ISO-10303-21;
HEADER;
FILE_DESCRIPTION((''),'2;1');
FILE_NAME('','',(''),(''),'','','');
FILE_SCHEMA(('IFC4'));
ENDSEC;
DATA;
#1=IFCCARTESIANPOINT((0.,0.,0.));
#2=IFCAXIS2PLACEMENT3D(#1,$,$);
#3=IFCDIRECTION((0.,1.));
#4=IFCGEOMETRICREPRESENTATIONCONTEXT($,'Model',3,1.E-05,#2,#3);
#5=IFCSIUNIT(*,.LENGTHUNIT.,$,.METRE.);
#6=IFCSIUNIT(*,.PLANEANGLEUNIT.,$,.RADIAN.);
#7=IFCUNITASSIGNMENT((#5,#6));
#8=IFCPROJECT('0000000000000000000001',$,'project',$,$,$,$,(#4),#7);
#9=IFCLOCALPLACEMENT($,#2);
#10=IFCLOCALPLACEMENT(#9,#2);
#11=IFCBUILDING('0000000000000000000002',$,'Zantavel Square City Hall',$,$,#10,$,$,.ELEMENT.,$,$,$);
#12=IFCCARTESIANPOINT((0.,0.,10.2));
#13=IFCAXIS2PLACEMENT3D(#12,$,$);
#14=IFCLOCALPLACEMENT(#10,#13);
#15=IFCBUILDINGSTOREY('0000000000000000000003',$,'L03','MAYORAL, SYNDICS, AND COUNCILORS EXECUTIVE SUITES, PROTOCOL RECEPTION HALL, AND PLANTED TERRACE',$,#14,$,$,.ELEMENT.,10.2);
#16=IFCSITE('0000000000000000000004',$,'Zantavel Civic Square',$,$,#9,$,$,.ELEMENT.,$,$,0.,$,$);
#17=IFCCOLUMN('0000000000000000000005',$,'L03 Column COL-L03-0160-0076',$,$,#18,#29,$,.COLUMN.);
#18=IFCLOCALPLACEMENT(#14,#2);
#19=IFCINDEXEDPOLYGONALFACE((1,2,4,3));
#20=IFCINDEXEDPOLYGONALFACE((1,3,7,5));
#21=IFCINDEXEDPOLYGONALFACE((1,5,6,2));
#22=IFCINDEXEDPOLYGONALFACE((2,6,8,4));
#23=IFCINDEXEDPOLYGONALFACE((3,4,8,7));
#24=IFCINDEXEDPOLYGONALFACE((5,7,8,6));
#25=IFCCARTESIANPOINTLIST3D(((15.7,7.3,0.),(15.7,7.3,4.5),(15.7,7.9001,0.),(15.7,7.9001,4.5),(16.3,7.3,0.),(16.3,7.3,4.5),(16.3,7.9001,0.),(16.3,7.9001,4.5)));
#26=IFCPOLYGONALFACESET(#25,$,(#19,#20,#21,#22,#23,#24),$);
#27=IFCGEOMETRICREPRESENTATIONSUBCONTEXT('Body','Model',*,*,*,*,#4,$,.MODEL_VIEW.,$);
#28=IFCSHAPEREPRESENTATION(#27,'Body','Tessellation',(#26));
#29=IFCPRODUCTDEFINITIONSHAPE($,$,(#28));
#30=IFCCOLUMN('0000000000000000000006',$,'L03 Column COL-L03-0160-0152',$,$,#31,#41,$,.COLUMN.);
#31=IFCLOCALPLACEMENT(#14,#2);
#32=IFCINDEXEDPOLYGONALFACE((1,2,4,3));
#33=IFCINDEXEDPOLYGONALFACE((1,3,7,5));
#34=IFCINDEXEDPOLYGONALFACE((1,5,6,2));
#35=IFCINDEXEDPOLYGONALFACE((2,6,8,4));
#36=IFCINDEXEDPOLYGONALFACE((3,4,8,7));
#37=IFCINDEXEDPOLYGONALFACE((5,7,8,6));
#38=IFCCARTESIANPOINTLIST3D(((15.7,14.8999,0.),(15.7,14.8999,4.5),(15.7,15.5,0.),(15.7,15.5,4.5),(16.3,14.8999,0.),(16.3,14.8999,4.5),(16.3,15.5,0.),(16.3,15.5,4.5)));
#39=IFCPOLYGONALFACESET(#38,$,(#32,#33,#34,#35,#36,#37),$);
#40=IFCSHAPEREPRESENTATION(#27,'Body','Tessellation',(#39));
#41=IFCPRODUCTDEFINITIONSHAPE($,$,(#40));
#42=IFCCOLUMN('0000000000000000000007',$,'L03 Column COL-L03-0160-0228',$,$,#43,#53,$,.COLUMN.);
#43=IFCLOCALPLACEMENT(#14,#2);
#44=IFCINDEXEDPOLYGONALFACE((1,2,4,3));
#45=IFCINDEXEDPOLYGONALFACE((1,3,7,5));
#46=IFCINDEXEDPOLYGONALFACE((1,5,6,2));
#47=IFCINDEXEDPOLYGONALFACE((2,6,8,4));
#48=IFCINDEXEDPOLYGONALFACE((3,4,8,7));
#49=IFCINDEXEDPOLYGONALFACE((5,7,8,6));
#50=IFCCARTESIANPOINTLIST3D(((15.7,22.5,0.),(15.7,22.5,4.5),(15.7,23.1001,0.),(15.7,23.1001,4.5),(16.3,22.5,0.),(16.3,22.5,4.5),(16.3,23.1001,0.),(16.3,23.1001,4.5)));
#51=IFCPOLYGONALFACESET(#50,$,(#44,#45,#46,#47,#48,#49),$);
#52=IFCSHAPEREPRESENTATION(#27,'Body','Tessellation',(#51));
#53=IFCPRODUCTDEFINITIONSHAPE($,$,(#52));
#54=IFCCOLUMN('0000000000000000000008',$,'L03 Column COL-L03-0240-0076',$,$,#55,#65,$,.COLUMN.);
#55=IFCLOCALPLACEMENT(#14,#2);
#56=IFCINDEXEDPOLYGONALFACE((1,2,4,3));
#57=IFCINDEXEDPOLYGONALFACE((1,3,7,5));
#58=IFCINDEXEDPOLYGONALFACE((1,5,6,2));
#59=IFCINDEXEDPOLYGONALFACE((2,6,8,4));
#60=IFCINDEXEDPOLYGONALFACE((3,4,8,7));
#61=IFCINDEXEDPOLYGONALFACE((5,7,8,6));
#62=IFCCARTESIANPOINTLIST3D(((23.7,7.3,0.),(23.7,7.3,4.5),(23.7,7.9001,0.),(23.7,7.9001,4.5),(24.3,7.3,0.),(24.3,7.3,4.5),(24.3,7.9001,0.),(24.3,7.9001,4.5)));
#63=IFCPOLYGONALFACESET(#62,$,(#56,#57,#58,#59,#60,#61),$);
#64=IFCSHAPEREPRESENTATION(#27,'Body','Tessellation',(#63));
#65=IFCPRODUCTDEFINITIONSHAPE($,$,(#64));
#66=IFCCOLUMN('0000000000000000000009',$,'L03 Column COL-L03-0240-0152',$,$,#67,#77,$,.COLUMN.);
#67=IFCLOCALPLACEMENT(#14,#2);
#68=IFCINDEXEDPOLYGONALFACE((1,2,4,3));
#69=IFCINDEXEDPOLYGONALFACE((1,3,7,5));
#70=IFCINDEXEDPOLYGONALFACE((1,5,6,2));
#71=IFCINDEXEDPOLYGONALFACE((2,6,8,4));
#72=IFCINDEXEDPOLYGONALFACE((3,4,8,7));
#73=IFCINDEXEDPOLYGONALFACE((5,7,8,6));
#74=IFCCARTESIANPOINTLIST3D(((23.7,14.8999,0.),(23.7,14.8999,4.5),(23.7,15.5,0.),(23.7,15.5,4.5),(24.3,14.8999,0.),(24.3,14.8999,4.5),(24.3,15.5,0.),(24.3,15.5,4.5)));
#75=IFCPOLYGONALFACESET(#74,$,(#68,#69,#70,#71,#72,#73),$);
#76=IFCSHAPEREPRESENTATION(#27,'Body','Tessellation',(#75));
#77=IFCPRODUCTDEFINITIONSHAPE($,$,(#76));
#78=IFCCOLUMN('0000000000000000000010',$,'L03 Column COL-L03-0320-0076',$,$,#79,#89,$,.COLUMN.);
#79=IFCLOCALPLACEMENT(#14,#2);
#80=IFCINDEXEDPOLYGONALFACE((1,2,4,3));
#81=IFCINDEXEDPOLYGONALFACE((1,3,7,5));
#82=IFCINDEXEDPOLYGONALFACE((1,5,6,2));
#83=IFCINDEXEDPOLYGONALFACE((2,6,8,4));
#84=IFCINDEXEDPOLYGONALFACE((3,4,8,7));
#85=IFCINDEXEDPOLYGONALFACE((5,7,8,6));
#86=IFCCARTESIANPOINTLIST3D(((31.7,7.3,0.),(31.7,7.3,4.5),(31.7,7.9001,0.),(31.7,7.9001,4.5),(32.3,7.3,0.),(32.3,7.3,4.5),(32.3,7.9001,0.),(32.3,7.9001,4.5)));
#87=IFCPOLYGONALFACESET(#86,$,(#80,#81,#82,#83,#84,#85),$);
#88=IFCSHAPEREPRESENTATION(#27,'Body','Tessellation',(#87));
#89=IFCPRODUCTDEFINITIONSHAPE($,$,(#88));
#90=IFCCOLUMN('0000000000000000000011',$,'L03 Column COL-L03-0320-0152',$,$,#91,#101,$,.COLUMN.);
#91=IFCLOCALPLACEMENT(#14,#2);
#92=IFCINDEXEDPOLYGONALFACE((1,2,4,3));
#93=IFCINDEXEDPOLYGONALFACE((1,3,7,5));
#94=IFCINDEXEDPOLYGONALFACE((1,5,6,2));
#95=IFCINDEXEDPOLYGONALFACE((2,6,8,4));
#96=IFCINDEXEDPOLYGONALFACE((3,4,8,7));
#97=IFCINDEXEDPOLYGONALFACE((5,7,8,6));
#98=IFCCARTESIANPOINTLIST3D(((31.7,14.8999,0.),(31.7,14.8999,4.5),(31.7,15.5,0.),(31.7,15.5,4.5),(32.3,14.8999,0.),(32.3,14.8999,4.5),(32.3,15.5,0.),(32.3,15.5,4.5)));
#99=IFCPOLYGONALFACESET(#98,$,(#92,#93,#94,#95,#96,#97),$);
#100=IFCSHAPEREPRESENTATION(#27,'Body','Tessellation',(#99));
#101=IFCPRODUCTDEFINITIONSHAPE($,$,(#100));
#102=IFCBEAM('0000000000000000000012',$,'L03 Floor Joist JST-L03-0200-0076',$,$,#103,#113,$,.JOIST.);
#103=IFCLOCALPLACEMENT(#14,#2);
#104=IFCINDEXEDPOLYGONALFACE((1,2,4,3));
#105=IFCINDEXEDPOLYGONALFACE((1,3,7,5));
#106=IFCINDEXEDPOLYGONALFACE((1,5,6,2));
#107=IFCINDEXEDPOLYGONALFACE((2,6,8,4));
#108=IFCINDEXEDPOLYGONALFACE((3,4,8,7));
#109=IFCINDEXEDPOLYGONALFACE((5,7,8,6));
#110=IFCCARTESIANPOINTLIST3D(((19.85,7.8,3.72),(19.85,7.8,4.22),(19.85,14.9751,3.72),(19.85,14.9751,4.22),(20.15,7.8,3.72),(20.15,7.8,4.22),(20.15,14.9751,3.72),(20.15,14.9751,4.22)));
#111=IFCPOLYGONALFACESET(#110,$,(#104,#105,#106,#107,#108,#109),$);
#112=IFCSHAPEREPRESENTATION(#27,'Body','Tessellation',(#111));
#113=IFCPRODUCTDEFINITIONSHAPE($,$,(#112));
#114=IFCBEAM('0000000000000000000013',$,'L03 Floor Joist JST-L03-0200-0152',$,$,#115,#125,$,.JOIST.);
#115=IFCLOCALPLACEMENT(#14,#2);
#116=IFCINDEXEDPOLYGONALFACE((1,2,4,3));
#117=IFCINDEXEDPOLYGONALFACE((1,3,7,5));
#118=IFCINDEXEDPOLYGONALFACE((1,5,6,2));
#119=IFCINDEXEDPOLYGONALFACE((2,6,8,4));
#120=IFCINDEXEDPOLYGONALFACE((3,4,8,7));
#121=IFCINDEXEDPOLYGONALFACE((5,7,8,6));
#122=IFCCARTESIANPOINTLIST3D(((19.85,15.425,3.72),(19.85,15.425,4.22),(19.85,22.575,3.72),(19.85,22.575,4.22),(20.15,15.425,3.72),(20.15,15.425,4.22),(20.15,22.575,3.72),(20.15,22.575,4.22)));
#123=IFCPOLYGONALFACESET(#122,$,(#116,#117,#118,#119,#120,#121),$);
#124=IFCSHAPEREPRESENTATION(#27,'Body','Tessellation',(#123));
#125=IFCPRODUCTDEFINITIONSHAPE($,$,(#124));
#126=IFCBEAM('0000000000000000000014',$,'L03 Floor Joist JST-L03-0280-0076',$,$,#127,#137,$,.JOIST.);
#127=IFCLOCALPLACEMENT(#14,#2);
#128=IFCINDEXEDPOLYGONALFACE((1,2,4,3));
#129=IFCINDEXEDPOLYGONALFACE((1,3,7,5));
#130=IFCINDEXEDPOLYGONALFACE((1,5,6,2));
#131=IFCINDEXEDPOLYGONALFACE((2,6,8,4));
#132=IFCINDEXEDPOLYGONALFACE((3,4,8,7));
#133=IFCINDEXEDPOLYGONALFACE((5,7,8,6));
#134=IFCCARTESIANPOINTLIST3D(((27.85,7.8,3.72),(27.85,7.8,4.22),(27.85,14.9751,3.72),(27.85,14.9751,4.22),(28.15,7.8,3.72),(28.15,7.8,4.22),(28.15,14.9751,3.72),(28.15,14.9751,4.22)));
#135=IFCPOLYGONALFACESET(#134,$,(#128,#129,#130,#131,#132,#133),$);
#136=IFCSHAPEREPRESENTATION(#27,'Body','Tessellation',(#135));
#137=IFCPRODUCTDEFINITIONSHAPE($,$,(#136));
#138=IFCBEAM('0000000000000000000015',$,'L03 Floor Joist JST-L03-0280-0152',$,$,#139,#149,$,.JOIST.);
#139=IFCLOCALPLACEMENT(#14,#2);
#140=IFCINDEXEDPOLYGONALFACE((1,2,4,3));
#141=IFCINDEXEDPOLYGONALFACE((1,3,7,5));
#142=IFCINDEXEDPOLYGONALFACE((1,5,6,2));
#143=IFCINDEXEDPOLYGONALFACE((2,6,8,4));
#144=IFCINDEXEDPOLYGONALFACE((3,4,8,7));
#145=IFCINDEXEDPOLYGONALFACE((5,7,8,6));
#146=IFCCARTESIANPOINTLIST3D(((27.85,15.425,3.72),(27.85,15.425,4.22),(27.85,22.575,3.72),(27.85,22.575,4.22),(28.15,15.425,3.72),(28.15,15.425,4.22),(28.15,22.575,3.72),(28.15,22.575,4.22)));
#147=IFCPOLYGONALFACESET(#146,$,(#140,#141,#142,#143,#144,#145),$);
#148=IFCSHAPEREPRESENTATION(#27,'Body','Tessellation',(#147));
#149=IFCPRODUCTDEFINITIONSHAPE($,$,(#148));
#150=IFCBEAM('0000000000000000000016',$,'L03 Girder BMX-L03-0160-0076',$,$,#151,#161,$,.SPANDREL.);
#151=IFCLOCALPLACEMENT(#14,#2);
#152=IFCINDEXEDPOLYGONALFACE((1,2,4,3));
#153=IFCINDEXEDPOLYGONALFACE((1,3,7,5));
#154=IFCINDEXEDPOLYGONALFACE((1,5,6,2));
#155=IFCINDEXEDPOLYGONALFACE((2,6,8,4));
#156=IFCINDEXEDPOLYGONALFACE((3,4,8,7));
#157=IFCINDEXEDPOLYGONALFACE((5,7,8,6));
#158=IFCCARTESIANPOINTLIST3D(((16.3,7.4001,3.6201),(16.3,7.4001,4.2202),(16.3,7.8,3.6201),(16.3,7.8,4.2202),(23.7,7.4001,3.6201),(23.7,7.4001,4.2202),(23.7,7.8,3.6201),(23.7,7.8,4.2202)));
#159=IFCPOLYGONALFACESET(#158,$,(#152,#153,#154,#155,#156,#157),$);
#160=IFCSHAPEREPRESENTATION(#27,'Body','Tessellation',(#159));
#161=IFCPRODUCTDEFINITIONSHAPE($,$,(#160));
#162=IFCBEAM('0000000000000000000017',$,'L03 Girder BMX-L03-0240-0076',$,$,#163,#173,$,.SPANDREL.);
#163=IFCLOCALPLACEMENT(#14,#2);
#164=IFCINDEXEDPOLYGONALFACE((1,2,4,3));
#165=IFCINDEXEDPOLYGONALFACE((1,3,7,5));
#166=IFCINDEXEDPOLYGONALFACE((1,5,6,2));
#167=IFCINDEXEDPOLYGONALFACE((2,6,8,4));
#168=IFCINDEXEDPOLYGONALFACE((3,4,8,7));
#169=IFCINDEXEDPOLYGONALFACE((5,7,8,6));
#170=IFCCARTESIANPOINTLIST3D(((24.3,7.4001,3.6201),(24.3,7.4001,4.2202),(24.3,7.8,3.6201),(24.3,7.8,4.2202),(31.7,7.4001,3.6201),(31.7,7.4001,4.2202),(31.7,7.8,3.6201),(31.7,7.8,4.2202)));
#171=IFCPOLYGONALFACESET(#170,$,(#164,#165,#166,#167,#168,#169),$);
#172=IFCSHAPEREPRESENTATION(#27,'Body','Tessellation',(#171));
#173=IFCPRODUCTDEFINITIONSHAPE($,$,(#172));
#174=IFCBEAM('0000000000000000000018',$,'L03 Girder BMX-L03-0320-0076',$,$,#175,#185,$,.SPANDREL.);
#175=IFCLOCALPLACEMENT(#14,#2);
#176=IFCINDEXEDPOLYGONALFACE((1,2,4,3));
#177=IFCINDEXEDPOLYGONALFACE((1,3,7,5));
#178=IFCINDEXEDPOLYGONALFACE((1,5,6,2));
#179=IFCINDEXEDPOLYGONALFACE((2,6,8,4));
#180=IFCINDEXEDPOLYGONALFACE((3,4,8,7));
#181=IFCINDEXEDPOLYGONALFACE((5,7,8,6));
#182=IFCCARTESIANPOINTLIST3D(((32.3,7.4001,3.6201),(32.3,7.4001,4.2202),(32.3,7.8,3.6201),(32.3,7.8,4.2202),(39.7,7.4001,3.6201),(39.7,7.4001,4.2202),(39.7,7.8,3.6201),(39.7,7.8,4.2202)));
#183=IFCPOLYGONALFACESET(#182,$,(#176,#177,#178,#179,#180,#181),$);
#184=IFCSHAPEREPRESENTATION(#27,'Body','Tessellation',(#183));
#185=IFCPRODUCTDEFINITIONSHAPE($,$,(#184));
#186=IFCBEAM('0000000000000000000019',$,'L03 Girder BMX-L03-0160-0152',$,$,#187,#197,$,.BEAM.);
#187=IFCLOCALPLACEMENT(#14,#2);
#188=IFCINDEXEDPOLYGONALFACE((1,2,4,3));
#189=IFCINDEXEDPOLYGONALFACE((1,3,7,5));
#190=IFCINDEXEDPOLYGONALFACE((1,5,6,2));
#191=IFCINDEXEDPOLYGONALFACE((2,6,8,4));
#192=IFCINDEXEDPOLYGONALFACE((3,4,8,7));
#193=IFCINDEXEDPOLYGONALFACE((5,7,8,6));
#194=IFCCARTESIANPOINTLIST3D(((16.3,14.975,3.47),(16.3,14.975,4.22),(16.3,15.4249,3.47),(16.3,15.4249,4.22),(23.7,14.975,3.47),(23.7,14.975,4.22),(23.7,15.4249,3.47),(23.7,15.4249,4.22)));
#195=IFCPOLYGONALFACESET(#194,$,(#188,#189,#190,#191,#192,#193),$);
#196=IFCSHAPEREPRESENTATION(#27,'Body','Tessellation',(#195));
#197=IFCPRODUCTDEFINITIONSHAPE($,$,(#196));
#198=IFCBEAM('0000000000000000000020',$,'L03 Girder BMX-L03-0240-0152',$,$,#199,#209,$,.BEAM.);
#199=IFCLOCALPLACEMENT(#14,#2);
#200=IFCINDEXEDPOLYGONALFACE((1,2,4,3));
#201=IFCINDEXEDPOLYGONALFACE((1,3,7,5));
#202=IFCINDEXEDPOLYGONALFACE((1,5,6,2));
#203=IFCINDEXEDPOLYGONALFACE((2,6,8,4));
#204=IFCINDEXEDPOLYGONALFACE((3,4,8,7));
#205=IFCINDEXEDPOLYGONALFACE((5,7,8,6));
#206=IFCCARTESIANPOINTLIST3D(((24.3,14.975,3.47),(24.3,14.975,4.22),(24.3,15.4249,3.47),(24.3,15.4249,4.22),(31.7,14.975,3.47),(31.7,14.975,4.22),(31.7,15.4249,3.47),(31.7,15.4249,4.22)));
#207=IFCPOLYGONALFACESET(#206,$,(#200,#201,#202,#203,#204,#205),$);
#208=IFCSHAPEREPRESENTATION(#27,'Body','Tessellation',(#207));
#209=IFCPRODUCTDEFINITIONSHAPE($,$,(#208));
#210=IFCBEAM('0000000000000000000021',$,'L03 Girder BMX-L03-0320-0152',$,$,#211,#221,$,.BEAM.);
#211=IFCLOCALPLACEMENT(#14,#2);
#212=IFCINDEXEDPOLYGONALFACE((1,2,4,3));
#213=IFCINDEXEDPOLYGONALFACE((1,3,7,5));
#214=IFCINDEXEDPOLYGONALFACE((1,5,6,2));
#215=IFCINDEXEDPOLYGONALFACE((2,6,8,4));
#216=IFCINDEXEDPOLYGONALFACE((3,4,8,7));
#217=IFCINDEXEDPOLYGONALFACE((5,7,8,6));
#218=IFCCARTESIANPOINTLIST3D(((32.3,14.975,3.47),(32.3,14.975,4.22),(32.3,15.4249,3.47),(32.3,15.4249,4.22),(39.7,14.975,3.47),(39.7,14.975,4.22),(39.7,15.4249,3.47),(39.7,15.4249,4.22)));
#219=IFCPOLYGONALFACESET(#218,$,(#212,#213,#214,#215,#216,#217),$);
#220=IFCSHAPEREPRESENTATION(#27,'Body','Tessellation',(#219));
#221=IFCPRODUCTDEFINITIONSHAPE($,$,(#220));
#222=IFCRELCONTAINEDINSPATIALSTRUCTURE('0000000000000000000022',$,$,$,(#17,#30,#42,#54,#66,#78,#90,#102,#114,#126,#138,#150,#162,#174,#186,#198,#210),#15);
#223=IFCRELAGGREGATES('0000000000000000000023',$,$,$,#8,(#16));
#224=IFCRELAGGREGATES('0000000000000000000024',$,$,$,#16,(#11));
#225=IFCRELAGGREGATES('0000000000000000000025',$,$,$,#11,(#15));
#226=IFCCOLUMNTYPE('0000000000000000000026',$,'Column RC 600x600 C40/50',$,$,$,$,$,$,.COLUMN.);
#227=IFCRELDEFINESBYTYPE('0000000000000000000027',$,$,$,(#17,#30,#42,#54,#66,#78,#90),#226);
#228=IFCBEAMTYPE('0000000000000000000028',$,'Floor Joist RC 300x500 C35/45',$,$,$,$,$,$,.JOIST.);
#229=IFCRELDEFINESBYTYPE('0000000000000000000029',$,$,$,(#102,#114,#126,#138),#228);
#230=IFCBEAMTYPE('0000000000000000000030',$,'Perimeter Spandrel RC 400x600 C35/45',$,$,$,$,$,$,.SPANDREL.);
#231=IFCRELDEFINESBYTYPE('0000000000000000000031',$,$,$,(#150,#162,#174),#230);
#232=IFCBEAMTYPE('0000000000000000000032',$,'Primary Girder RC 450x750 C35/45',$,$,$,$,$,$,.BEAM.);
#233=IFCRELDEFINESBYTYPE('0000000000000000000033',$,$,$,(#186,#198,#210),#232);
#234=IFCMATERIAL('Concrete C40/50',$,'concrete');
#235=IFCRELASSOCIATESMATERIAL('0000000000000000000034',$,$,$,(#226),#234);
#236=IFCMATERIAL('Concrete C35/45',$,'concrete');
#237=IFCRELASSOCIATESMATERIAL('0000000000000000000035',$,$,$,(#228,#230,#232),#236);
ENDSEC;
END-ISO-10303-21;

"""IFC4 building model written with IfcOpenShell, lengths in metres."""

from ifc_helpers import new_model, si_unit, direction, frame, origin, origin_2d, place, context, subcontext, project, spatial, rectangle, extrude, material, material_profile, profile_set, type_object, element, save


model = new_model("IFC4")

# Units and contexts
model_context = context("Model", 3, precision=1e-05, world=origin(), true_north=direction((0.0, 1.0)))
body_context = subcontext(model_context, "Body", "Model", "MODEL_VIEW")
ifc_project = project(units=[si_unit("LENGTHUNIT", "METRE"), si_unit("PLANEANGLEUNIT", "RADIAN")], contexts=[model_context])

# Site, building, storey
site_placement = place(None, origin())
site = spatial("IfcSite", under=ifc_project, at=site_placement, Name="Zantavel Civic Square", CompositionType="ELEMENT", RefElevation=0.0)
building_placement = place(site_placement, origin())
building = spatial("IfcBuilding", under=site, at=building_placement, Name="Zantavel Square City Hall", CompositionType="ELEMENT")
storey_placement = place(building_placement, frame((0.0, 0.0, 10.2)))
storey = spatial("IfcBuildingStorey", under=building, at=storey_placement, Name="L03", Description="MAYORAL, SYNDICS, AND COUNCILORS EXECUTIVE SUITES, PROTOCOL RECEPTION HALL, AND PLANTED TERRACE", CompositionType="ELEMENT", Elevation=10.2)

# Columns
ifc_material_1 = material(Name="Concrete C40/50", Category="concrete")
ifc_material_profile_1 = material_profile(ifc_material_1, rectangle(XDim=0.6001, YDim=0.6001, at=origin_2d()), Name="RC 600x600")
ifc_profile_set_1 = profile_set([ifc_material_profile_1], Name="Concrete C40/50")
column_type = type_object("IfcColumnType", Name="Column RC 600x600 C40/50", PredefinedType="COLUMN", material=ifc_profile_set_1)
for number, where, z_axis, x_axis, name in (
    (1, (16.0, 7.6001, 0.0), (0.0, 0.0, 1.0), (1.0, 0.0, 0.0), "L03 Column COL-L03-0160-0076"),
    (2, (16.0, 15.2, 0.0), (0.0, 0.0, 1.0), (1.0, 0.0, 0.0), "L03 Column COL-L03-0160-0152"),
    (3, (16.0, 22.8, 0.0), (0.0, 0.0, 1.0), (1.0, 0.0, 0.0), "L03 Column COL-L03-0160-0228"),
    (4, (24.0, 7.6001, 0.0), (0.0, 0.0, 1.0), (1.0, 0.0, 0.0), "L03 Column COL-L03-0240-0076"),
    (5, (24.0, 15.2, 0.0), (0.0, 0.0, 1.0), (1.0, 0.0, 0.0), "L03 Column COL-L03-0240-0152"),
    (6, (32.0, 7.6001, 0.0), (0.0, 0.0, 1.0), (1.0, 0.0, 0.0), "L03 Column COL-L03-0320-0076"),
    (7, (32.0, 15.2, 0.0), (0.0, 0.0, 1.0), (1.0, 0.0, 0.0), "L03 Column COL-L03-0320-0152"),
):
    element("IfcColumn", number, at=place(storey_placement, frame(where, z_axis=z_axis, x_axis=x_axis)), inside=storey, type_object=column_type, Name=name, PredefinedType="COLUMN", context=body_context, shape_type="SweptSolid", body=[
        extrude(rectangle(XDim=0.6001, YDim=0.6001, at=origin_2d()), origin(), (0.0, 0.0, 1.0), 4.5),
    ])

# Beams
ifc_material_2 = material(Name="Concrete C35/45", Category="concrete")
ifc_material_profile_2 = material_profile(ifc_material_2, rectangle(XDim=0.3, YDim=0.5, at=origin_2d()), Name="RC 300x500")
ifc_profile_set_2 = profile_set([ifc_material_profile_2], Name="Concrete C35/45")
beam_type_1 = type_object("IfcBeamType", Name="Floor Joist RC 300x500 C35/45", PredefinedType="JOIST", material=ifc_profile_set_2)
beam_1_placement = place(storey_placement, frame((20.0, 7.8, 3.97), z_axis=(0.0, 1.0, 0.0), x_axis=(-1.0, 0.0, 0.0)))
element("IfcBeam", 8, at=beam_1_placement, inside=storey, type_object=beam_type_1, Name="L03 Floor Joist JST-L03-0200-0076", PredefinedType="JOIST", context=body_context, shape_type="SweptSolid", body=[
    extrude(rectangle(XDim=0.3, YDim=0.5, at=origin_2d()), origin(), (0.0, 0.0, 1.0), 7.175),
])
beam_2_placement = place(storey_placement, frame((20.0, 15.425, 3.97), z_axis=(0.0, 1.0, 0.0), x_axis=(-1.0, 0.0, 0.0)))
element("IfcBeam", 9, at=beam_2_placement, inside=storey, type_object=beam_type_1, Name="L03 Floor Joist JST-L03-0200-0152", PredefinedType="JOIST", context=body_context, shape_type="SweptSolid", body=[
    extrude(rectangle(XDim=0.3, YDim=0.5, at=origin_2d()), origin(), (0.0, 0.0, 1.0), 7.1499),
])
beam_3_placement = place(storey_placement, frame((28.0, 7.8, 3.97), z_axis=(0.0, 1.0, 0.0), x_axis=(-1.0, 0.0, 0.0)))
element("IfcBeam", 10, at=beam_3_placement, inside=storey, type_object=beam_type_1, Name="L03 Floor Joist JST-L03-0280-0076", PredefinedType="JOIST", context=body_context, shape_type="SweptSolid", body=[
    extrude(rectangle(XDim=0.3, YDim=0.5, at=origin_2d()), origin(), (0.0, 0.0, 1.0), 7.175),
])
beam_4_placement = place(storey_placement, frame((28.0, 15.425, 3.97), z_axis=(0.0, 1.0, 0.0), x_axis=(-1.0, 0.0, 0.0)))
element("IfcBeam", 11, at=beam_4_placement, inside=storey, type_object=beam_type_1, Name="L03 Floor Joist JST-L03-0280-0152", PredefinedType="JOIST", context=body_context, shape_type="SweptSolid", body=[
    extrude(rectangle(XDim=0.3, YDim=0.5, at=origin_2d()), origin(), (0.0, 0.0, 1.0), 7.1499),
])
ifc_material_profile_3 = material_profile(ifc_material_2, rectangle(XDim=0.3999, YDim=0.6001, at=origin_2d()), Name="RC 400x600")
ifc_profile_set_3 = profile_set([ifc_material_profile_3], Name="Concrete C35/45")
beam_type_2 = type_object("IfcBeamType", Name="Perimeter Spandrel RC 400x600 C35/45", PredefinedType="SPANDREL", material=ifc_profile_set_3)
for number, where, z_axis, x_axis, name in (
    (12, (16.3, 7.6001, 3.9202), (1.0, 0.0, 0.0), (0.0, 1.0, 0.0), "L03 Girder BMX-L03-0160-0076"),
    (13, (24.3, 7.6001, 3.9202), (1.0, 0.0, 0.0), (0.0, 1.0, 0.0), "L03 Girder BMX-L03-0240-0076"),
    (14, (32.3, 7.6001, 3.9202), (1.0, 0.0, 0.0), (0.0, 1.0, 0.0), "L03 Girder BMX-L03-0320-0076"),
):
    element("IfcBeam", number, at=place(storey_placement, frame(where, z_axis=z_axis, x_axis=x_axis)), inside=storey, type_object=beam_type_2, Name=name, PredefinedType="SPANDREL", context=body_context, shape_type="SweptSolid", body=[
        extrude(rectangle(XDim=0.3999, YDim=0.6001, at=origin_2d()), origin(), (0.0, 0.0, 1.0), 7.3999),
    ])
ifc_material_profile_4 = material_profile(ifc_material_2, rectangle(XDim=0.45, YDim=0.75, at=origin_2d()), Name="RC 450x750")
ifc_profile_set_4 = profile_set([ifc_material_profile_4], Name="Concrete C35/45")
beam_type_3 = type_object("IfcBeamType", Name="Primary Girder RC 450x750 C35/45", PredefinedType="BEAM", material=ifc_profile_set_4)
for number, where, z_axis, x_axis, name in (
    (15, (16.3, 15.2, 3.845), (1.0, 0.0, 0.0), (0.0, 1.0, 0.0), "L03 Girder BMX-L03-0160-0152"),
    (16, (24.3, 15.2, 3.845), (1.0, 0.0, 0.0), (0.0, 1.0, 0.0), "L03 Girder BMX-L03-0240-0152"),
    (17, (32.3, 15.2, 3.845), (1.0, 0.0, 0.0), (0.0, 1.0, 0.0), "L03 Girder BMX-L03-0320-0152"),
):
    element("IfcBeam", number, at=place(storey_placement, frame(where, z_axis=z_axis, x_axis=x_axis)), inside=storey, type_object=beam_type_3, Name=name, PredefinedType="BEAM", context=body_context, shape_type="SweptSolid", body=[
        extrude(rectangle(XDim=0.45, YDim=0.75, at=origin_2d()), origin(), (0.0, 0.0, 1.0), 7.3999),
    ])

save(model, "model.ifc")
